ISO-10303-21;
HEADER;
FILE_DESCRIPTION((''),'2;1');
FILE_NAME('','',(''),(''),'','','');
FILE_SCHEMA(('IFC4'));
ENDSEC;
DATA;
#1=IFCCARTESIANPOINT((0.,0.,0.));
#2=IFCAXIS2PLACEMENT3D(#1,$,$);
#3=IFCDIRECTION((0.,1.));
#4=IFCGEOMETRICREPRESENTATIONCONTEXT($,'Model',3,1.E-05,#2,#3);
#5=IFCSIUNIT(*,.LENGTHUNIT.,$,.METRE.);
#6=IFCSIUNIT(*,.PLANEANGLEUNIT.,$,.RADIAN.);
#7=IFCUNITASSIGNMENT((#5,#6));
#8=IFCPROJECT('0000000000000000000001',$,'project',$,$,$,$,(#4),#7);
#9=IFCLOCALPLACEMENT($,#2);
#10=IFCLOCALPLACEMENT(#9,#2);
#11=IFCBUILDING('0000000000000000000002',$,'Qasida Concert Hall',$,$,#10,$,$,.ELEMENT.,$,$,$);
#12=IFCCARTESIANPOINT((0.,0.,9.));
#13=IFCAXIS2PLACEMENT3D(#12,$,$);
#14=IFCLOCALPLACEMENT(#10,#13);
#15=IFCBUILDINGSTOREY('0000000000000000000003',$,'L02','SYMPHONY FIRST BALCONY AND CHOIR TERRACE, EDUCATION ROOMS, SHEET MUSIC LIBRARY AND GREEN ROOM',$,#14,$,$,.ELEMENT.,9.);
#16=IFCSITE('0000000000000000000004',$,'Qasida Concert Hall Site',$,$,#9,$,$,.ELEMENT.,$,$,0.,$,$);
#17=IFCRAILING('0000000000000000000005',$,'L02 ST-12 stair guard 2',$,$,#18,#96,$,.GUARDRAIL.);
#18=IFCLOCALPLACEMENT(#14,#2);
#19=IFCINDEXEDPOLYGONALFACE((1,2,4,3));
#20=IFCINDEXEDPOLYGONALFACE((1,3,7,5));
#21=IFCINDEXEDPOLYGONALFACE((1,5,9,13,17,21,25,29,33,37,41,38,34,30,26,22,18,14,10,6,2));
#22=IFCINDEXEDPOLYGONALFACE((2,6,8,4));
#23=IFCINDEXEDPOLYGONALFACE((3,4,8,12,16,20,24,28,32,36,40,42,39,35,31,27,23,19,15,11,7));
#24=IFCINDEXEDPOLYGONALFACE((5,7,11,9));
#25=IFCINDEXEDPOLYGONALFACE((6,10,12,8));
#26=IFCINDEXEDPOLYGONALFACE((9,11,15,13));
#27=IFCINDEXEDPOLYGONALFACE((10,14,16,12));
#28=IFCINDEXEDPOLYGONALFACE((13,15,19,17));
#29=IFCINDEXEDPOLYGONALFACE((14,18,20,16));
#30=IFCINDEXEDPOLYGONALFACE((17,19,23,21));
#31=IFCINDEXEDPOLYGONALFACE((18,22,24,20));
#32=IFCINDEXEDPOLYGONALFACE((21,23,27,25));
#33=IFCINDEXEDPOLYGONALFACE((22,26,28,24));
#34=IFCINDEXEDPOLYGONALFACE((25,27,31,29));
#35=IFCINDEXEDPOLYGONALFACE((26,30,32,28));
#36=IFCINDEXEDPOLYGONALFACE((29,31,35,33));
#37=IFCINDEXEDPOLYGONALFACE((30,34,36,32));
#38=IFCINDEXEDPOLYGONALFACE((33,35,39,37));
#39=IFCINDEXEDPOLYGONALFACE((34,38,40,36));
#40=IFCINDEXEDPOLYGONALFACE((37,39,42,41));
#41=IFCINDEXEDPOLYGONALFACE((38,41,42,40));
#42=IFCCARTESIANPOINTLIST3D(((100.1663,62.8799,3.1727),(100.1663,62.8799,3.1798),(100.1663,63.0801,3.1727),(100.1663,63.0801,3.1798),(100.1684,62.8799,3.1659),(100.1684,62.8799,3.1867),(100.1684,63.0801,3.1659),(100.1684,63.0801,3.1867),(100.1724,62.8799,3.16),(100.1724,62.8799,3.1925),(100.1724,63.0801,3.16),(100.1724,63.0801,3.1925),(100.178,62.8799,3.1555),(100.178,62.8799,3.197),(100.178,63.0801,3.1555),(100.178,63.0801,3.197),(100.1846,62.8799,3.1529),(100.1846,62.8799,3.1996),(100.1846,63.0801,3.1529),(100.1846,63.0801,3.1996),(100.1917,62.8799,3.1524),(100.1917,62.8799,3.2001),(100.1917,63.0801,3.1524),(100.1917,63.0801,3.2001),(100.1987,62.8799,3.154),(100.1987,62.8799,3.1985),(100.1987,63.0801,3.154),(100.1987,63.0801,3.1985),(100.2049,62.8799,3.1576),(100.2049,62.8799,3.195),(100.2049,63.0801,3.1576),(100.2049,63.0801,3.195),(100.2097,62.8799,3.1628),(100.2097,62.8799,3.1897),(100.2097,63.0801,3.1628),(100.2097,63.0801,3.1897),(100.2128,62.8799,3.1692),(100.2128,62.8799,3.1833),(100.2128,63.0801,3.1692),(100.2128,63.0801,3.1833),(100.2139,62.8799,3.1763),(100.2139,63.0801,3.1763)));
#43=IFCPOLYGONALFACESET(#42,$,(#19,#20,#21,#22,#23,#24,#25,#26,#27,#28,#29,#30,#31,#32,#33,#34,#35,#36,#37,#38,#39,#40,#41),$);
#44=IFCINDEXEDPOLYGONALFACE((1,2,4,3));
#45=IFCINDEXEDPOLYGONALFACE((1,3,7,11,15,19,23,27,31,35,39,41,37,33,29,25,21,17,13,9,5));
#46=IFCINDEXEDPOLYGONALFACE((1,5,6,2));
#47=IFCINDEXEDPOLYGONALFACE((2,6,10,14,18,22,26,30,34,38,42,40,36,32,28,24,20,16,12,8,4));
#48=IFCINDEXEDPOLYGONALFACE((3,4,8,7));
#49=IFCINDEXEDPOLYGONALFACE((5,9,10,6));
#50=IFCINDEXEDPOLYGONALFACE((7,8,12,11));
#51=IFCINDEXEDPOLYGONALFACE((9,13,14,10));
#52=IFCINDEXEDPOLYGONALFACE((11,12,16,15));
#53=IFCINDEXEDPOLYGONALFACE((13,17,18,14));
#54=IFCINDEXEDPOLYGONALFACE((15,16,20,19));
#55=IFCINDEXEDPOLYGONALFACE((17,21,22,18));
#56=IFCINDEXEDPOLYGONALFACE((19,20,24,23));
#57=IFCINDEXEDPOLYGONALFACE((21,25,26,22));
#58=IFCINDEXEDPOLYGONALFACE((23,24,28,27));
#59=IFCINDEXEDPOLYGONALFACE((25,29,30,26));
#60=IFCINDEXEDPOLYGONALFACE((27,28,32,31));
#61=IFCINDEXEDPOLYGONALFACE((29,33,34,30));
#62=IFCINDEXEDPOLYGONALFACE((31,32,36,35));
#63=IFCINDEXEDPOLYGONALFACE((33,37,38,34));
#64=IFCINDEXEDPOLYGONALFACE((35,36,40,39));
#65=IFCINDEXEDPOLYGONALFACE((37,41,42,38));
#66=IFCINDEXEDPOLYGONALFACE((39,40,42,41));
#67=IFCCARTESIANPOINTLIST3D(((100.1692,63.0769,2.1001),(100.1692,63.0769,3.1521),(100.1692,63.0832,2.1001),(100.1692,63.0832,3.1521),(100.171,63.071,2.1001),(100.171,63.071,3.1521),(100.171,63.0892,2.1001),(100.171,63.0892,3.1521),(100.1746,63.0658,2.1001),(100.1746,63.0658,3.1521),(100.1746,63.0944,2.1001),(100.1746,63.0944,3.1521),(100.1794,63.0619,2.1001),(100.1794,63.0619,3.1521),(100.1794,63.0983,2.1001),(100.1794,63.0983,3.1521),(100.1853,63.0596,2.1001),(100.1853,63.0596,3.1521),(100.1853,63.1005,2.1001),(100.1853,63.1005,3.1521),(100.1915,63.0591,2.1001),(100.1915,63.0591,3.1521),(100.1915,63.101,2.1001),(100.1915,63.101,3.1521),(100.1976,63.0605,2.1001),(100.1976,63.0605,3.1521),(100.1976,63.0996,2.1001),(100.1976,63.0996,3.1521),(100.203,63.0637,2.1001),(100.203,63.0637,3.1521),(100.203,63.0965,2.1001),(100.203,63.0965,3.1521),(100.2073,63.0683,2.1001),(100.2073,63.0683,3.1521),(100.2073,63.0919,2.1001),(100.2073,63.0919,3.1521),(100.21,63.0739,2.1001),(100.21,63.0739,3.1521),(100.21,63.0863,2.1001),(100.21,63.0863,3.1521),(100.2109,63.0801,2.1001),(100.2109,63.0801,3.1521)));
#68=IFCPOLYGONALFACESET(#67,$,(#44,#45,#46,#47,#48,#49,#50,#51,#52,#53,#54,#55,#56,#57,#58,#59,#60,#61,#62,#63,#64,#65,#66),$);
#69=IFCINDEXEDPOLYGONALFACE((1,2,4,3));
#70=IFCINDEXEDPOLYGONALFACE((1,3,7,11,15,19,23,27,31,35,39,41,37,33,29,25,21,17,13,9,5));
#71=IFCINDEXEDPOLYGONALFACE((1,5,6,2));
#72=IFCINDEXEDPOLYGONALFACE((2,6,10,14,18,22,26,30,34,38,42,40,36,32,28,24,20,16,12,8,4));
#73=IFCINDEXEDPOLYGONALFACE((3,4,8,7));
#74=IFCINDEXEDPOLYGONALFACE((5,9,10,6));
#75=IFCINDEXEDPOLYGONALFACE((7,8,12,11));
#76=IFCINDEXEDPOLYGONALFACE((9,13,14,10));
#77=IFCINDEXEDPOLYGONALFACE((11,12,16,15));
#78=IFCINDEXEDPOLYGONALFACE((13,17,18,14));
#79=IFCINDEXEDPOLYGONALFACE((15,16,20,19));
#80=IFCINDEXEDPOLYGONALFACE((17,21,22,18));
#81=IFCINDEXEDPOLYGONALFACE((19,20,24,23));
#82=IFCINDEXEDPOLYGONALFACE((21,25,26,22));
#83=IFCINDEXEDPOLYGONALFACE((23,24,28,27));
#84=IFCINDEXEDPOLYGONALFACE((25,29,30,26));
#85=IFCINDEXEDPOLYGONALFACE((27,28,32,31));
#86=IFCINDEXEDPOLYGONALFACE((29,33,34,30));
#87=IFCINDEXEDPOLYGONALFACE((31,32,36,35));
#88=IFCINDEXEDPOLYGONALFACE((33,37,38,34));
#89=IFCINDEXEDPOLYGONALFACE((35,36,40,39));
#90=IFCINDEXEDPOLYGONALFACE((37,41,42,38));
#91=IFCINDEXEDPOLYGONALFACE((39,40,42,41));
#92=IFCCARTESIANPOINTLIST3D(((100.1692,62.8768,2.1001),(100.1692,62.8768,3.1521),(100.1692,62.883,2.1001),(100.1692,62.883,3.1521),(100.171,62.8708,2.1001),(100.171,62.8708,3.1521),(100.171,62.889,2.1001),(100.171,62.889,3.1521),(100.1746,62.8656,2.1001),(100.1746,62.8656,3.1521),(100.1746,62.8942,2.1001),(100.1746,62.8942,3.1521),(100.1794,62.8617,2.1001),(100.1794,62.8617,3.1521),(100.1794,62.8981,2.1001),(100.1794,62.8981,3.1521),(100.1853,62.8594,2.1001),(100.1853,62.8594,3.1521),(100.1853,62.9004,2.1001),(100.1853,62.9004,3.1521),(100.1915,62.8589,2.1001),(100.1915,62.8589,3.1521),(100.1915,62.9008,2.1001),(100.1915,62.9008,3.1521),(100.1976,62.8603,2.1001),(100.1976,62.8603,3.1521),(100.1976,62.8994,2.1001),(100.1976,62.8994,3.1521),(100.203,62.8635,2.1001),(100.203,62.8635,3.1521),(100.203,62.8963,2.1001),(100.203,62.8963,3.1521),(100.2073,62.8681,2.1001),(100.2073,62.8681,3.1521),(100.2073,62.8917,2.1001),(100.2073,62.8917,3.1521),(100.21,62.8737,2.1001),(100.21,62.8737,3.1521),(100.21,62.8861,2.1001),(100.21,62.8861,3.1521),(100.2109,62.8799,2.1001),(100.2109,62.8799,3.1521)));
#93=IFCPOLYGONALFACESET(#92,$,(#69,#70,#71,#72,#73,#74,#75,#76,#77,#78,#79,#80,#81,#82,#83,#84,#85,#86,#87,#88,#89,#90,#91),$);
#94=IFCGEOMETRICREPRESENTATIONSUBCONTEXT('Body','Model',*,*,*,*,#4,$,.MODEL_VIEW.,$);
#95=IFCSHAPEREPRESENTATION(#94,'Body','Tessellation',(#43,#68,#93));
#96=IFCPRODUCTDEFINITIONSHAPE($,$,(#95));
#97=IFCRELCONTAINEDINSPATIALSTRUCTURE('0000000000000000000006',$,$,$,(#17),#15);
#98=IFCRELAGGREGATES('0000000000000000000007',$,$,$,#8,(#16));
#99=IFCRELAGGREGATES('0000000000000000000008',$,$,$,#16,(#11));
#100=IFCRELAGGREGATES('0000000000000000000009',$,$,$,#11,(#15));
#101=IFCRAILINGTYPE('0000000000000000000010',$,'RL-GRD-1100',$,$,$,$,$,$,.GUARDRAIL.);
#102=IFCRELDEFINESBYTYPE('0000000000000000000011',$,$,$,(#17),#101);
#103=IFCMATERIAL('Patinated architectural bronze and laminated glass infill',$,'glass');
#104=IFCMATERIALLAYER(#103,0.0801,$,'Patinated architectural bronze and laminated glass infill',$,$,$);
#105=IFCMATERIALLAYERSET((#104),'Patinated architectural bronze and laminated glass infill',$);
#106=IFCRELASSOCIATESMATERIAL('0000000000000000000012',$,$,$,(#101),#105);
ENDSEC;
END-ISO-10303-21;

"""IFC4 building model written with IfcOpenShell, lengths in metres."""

from ifc_helpers import new_model, si_unit, direction, frame, origin, origin_2d, place, context, subcontext, project, spatial, circle, extrude, material, layer, layer_set, type_object, element, save


model = new_model("IFC4")

# Units and contexts
model_context = context("Model", 3, precision=1e-05, world=origin(), true_north=direction((0.0, 1.0)))
body_context = subcontext(model_context, "Body", "Model", "MODEL_VIEW")
ifc_project = project(units=[si_unit("LENGTHUNIT", "METRE"), si_unit("PLANEANGLEUNIT", "RADIAN")], contexts=[model_context])

# Site, building, storey
site_placement = place(None, origin())
site = spatial("IfcSite", under=ifc_project, at=site_placement, Name="Qasida Concert Hall Site", CompositionType="ELEMENT", RefElevation=0.0)
building_placement = place(site_placement, origin())
building = spatial("IfcBuilding", under=site, at=building_placement, Name="Qasida Concert Hall", CompositionType="ELEMENT")
storey_placement = place(building_placement, frame((0.0, 0.0, 9.0)))
storey = spatial("IfcBuildingStorey", under=building, at=storey_placement, Name="L02", Description="SYMPHONY FIRST BALCONY AND CHOIR TERRACE, EDUCATION ROOMS, SHEET MUSIC LIBRARY AND GREEN ROOM", CompositionType="ELEMENT", Elevation=9.0)

# Railing
ifc_material_1 = material(Name="Patinated architectural bronze and laminated glass infill", Category="glass")
ifc_layer_1 = layer(ifc_material_1, 0.0801, Name="Patinated architectural bronze and laminated glass infill")
ifc_layer_set_1 = layer_set([ifc_layer_1], Name="Patinated architectural bronze and laminated glass infill")
railing_type_1 = type_object("IfcRailingType", Name="RL-GRD-1100", PredefinedType="GUARDRAIL", material=ifc_layer_set_1)
railing_1_placement = place(storey_placement, frame((100.1899, 63.0801, 2.1001)))
element("IfcRailing", 1, at=railing_1_placement, inside=storey, type_object=railing_type_1, Name="L02 ST-12 stair guard 2", PredefinedType="GUARDRAIL", context=body_context, shape_type="SweptSolid", body=[
    extrude(circle(Radius=0.0239, at=origin_2d()), frame((0.0, 0.0, 1.0762), z_axis=(0.0, -1.0, 0.0), x_axis=(1.0, 0.0, 0.0)), (0.0, 0.0, 1.0), 0.2002),
    extrude(circle(Radius=0.021, at=origin_2d()), origin(), (0.0, 0.0, 1.0), 1.052),
    extrude(circle(Radius=0.021, at=origin_2d()), frame((0.0, -0.2002, 0.0)), (0.0, 0.0, 1.0), 1.052),
])

save(model, "model.ifc")
